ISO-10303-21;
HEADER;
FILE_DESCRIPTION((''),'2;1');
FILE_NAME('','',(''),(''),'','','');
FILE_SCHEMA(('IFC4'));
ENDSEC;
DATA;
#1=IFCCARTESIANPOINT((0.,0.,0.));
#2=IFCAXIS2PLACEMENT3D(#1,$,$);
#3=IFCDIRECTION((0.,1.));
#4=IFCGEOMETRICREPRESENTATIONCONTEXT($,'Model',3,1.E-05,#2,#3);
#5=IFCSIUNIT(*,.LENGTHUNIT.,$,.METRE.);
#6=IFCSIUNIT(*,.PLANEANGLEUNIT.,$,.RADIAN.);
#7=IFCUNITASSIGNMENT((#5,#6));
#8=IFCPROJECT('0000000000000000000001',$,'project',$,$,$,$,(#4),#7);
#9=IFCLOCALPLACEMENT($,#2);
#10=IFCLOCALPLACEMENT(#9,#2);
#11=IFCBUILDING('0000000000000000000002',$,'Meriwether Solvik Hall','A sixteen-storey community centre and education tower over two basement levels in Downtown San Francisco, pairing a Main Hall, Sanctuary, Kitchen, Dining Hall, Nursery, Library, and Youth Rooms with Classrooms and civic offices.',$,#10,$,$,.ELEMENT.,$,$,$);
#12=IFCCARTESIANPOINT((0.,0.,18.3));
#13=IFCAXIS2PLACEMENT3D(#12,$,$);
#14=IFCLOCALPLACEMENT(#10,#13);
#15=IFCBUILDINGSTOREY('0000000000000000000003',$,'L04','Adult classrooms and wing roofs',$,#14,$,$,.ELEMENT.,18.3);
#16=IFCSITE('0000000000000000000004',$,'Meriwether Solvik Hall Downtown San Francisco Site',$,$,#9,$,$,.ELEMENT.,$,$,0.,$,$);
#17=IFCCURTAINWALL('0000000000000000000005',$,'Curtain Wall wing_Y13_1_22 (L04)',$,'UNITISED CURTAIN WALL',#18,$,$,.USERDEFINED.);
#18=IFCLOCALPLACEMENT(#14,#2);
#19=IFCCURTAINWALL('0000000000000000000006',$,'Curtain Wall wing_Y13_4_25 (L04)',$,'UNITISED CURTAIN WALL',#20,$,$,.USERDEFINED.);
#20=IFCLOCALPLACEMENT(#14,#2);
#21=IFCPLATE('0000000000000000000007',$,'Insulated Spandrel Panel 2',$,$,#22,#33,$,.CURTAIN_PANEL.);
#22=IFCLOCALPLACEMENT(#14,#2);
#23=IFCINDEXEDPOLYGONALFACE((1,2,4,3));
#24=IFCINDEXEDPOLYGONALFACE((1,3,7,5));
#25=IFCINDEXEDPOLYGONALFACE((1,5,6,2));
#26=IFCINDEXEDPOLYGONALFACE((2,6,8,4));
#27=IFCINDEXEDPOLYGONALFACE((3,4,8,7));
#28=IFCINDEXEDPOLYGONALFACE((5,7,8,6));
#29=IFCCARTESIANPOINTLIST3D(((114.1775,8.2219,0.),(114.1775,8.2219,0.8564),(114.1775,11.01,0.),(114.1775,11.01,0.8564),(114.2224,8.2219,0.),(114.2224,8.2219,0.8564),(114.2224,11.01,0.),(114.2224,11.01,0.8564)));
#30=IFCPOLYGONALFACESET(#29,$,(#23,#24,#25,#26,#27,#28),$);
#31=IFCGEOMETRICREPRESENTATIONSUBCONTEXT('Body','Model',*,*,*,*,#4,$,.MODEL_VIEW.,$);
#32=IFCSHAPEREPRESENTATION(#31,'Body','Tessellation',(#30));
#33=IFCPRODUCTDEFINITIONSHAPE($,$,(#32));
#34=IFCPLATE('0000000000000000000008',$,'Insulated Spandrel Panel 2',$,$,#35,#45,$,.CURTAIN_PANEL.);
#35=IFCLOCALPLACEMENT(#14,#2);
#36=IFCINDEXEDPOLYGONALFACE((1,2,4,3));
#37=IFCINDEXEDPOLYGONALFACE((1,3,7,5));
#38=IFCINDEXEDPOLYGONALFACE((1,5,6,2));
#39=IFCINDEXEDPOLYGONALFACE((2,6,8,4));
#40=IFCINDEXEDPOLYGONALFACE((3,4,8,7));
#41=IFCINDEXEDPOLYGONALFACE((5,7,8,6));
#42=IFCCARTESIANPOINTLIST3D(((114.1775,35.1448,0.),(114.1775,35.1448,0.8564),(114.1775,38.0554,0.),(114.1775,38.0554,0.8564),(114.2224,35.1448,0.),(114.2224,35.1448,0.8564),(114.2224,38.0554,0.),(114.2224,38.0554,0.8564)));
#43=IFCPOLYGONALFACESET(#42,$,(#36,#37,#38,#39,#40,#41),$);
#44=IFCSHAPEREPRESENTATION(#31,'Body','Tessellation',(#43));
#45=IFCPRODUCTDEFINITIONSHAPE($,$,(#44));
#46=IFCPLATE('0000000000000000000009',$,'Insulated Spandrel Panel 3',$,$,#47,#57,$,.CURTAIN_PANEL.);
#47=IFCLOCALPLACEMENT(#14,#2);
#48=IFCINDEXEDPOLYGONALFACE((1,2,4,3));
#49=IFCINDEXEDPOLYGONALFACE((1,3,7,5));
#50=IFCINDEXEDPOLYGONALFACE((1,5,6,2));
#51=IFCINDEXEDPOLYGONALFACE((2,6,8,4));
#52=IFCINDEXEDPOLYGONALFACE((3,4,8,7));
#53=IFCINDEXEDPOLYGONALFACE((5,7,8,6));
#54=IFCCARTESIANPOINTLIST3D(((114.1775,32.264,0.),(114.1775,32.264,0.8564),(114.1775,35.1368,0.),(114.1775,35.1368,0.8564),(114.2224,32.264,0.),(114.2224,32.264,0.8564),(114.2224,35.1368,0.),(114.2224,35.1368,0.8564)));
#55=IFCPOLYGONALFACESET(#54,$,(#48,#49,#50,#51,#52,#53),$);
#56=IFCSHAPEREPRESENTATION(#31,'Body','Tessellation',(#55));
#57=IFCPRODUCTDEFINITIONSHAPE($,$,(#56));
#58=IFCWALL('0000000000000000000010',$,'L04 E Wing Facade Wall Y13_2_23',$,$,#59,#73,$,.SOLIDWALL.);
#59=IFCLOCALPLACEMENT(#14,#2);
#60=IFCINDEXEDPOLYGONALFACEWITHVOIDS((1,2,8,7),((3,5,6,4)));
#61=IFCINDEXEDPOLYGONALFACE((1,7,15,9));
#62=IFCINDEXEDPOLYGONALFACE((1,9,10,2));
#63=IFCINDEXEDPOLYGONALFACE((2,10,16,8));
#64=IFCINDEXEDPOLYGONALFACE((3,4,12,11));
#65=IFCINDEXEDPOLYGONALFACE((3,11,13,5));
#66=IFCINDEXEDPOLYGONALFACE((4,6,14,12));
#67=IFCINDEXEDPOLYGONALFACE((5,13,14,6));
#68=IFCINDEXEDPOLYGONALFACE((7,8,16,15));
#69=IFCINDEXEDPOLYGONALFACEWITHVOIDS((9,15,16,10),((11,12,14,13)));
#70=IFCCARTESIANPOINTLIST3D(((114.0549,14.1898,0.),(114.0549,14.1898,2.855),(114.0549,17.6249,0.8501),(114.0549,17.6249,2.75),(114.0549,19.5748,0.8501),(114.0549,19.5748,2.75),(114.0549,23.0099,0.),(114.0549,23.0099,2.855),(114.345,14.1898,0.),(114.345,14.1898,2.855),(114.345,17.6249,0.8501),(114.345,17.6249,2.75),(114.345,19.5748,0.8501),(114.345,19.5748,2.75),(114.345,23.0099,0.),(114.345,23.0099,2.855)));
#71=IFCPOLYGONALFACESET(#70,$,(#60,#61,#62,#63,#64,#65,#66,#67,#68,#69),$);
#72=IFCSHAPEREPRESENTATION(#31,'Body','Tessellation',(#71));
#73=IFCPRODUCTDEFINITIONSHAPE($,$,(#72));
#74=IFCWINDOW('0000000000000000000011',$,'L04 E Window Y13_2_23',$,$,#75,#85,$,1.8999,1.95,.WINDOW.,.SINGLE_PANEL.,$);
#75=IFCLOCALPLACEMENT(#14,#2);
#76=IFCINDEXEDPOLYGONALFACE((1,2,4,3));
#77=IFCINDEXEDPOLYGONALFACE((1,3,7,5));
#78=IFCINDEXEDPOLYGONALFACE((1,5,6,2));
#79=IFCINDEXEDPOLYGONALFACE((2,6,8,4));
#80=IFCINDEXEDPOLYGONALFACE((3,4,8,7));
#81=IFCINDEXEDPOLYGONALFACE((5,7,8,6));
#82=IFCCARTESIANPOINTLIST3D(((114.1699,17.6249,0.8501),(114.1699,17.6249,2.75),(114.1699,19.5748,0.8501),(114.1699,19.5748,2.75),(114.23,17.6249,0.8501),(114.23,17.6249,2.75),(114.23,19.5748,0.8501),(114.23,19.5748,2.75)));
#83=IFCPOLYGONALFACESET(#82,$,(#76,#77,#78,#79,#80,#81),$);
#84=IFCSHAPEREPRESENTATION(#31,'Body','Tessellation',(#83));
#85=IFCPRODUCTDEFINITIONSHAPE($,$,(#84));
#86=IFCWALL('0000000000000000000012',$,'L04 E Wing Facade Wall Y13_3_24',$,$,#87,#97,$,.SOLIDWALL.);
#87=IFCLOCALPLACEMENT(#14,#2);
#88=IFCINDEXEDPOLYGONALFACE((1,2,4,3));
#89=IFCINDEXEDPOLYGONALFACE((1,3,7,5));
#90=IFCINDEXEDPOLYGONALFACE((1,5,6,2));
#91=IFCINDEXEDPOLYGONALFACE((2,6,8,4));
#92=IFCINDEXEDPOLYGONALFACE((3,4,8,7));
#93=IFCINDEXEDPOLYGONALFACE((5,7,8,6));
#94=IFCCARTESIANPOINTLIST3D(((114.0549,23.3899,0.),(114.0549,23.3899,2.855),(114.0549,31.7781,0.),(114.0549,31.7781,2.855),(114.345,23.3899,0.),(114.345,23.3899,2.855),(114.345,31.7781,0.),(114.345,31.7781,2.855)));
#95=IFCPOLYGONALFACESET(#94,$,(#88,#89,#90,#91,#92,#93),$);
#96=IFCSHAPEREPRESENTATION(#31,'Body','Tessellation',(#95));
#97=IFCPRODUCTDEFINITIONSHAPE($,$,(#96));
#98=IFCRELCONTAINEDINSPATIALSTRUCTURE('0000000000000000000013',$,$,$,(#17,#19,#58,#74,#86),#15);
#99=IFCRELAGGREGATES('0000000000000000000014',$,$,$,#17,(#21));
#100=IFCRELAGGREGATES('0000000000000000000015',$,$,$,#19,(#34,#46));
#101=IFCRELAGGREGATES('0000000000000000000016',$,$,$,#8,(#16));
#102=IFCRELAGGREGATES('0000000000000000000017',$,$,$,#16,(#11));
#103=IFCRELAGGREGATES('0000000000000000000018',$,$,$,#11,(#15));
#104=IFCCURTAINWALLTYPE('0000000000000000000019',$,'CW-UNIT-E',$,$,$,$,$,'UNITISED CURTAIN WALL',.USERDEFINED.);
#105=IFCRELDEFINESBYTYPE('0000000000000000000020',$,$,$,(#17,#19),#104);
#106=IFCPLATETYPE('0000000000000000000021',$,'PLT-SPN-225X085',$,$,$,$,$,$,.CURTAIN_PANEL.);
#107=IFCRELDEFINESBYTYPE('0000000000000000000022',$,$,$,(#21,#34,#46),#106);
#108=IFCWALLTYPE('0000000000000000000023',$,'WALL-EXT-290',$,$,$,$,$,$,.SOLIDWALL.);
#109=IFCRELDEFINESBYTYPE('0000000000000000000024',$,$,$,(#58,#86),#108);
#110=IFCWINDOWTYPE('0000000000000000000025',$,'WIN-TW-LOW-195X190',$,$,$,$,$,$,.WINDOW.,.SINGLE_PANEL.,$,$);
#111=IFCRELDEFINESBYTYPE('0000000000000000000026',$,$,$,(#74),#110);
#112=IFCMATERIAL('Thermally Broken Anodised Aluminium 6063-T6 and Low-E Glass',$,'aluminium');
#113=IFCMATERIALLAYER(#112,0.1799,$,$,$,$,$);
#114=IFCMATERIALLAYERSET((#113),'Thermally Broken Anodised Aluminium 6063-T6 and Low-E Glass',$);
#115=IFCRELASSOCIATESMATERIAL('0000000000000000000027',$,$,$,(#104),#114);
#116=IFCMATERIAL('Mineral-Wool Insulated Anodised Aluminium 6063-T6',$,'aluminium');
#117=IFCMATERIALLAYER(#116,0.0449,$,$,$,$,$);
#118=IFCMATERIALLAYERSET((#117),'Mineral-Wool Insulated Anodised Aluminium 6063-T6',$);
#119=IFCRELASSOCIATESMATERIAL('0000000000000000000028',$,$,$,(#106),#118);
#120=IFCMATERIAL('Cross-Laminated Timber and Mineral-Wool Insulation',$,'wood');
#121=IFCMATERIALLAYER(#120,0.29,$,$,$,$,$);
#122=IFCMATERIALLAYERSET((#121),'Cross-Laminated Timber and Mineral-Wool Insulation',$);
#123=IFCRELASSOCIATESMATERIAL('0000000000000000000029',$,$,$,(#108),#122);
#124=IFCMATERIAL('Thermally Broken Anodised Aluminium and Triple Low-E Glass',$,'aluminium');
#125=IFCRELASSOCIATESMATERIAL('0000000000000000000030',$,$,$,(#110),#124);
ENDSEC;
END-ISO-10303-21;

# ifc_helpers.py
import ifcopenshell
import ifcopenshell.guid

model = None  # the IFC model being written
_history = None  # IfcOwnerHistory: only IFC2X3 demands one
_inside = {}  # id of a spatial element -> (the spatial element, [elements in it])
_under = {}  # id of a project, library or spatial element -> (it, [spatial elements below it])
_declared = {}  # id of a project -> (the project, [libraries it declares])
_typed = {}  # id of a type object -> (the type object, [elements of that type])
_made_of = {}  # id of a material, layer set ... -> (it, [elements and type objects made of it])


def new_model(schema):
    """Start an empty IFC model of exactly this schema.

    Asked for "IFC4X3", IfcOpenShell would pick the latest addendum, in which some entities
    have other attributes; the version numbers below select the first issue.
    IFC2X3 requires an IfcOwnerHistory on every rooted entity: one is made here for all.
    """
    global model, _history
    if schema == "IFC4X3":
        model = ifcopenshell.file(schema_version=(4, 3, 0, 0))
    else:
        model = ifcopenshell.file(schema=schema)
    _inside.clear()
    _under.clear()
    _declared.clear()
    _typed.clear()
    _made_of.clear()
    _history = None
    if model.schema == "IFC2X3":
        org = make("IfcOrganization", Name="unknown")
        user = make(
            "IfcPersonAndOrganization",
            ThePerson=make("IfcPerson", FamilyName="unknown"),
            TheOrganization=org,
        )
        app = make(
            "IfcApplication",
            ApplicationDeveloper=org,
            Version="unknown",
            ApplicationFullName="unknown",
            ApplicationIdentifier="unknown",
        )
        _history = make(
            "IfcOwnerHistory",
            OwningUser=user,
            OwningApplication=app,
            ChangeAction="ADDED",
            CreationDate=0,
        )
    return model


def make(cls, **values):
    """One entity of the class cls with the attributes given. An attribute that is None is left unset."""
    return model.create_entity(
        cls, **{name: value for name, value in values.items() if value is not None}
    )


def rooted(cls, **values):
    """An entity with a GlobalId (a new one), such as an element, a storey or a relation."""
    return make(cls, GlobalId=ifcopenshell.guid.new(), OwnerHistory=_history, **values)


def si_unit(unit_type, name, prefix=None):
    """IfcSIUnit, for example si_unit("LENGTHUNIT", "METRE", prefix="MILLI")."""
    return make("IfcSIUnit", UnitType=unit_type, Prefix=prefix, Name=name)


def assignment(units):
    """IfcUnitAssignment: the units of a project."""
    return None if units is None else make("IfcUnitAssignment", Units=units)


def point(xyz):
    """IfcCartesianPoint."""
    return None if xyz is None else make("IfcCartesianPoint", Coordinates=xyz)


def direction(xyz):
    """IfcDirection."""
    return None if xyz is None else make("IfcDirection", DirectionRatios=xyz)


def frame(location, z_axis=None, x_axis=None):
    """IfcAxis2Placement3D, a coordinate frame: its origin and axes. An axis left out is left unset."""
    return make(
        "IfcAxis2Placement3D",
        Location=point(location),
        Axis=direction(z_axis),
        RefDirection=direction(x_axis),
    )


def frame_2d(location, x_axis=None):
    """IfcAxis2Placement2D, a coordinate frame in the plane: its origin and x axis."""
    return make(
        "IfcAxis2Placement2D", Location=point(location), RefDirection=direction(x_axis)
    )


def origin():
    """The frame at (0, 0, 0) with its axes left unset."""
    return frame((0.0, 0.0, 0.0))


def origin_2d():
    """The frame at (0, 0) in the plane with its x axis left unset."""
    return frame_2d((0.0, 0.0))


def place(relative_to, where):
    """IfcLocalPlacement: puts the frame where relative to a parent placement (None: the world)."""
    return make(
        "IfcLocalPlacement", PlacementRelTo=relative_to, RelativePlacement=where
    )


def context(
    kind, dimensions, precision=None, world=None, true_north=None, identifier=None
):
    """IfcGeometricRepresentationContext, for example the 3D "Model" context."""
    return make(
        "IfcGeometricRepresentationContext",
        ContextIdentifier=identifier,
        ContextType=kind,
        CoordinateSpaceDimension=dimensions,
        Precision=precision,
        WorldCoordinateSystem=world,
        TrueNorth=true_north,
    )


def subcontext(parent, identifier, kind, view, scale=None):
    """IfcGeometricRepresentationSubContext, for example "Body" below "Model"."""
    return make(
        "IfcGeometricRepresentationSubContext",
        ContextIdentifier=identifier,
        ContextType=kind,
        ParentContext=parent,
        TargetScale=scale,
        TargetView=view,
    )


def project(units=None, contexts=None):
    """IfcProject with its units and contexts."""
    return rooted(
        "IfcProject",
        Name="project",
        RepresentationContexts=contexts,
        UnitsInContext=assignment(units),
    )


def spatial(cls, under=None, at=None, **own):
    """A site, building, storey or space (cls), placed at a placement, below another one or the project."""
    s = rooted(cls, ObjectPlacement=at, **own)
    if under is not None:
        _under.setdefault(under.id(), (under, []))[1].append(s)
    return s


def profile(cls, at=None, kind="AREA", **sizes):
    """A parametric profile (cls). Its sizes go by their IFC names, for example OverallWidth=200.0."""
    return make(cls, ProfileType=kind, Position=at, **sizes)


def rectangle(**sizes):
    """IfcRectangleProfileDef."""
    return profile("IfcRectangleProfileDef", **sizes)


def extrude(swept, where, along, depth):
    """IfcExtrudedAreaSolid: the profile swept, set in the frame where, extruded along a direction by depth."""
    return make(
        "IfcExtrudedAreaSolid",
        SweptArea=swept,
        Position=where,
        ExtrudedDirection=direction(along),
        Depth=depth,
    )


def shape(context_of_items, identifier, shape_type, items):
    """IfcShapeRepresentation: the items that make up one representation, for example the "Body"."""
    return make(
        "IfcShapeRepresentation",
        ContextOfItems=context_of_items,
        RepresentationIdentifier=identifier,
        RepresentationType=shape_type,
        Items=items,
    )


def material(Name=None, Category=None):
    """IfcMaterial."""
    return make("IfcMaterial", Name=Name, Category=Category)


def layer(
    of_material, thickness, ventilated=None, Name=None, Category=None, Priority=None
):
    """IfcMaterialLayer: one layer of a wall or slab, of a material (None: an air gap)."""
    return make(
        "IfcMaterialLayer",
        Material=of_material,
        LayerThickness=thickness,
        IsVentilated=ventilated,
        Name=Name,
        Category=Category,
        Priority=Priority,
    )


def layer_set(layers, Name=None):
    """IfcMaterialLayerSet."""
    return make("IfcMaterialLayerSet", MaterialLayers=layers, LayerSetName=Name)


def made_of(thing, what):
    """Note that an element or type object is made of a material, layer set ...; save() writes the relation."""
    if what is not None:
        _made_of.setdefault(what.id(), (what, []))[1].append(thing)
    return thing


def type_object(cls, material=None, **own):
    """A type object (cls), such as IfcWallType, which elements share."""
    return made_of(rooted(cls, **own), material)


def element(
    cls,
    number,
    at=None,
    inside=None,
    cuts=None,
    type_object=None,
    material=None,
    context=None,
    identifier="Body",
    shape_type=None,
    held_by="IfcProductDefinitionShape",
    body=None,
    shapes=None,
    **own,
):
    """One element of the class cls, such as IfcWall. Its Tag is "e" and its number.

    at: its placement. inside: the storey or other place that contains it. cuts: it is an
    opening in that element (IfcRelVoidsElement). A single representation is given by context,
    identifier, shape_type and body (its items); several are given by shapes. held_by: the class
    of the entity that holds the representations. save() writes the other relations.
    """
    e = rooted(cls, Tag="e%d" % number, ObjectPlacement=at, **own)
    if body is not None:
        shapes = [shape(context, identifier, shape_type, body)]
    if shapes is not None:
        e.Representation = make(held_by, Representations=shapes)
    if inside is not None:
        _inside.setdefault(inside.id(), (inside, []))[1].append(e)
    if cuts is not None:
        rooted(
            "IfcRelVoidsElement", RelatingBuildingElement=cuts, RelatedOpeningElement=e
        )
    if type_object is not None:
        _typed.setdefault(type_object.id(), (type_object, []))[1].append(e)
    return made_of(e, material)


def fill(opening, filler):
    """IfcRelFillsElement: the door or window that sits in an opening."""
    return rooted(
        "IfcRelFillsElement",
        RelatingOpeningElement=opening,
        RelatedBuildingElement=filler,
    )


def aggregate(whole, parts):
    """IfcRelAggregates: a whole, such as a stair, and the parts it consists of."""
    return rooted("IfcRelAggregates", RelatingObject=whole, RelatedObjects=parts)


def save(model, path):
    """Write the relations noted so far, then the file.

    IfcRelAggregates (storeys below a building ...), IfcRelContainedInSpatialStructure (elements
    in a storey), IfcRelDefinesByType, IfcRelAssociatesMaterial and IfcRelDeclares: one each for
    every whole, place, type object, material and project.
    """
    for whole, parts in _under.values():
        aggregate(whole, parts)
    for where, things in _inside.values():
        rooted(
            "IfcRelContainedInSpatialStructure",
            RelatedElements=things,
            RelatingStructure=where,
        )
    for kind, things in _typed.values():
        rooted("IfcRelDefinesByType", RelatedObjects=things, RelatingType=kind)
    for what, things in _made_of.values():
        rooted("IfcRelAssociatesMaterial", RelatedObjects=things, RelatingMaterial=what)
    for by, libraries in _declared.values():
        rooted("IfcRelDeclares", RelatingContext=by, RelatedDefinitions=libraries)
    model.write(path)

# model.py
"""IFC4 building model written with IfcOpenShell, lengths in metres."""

from ifc_helpers import new_model, si_unit, direction, frame, frame_2d, origin, origin_2d, place, context, subcontext, project, spatial, rectangle, extrude, material, layer, layer_set, type_object, element, fill, aggregate, save


model = new_model("IFC4")

# Units and contexts
model_context = context("Model", 3, precision=1e-05, world=origin(), true_north=direction((0.0, 1.0)))
body_context = subcontext(model_context, "Body", "Model", "MODEL_VIEW")
ifc_project = project(units=[si_unit("LENGTHUNIT", "METRE"), si_unit("PLANEANGLEUNIT", "RADIAN")], contexts=[model_context])

# Site, building, storey
site_placement = place(None, origin())
site = spatial("IfcSite", under=ifc_project, at=site_placement, Name="Meriwether Solvik Hall Downtown San Francisco Site", CompositionType="ELEMENT", RefElevation=0.0)
building_placement = place(site_placement, origin())
building = spatial("IfcBuilding", under=site, at=building_placement, Name="Meriwether Solvik Hall", Description="A sixteen-storey community centre and education tower over two basement levels in Downtown San Francisco, pairing a Main Hall, Sanctuary, Kitchen, Dining Hall, Nursery, Library, and Youth Rooms with Classrooms and civic offices.", CompositionType="ELEMENT")
storey_placement = place(building_placement, frame((0.0, 0.0, 18.3)))
storey = spatial("IfcBuildingStorey", under=building, at=storey_placement, Name="L04", Description="Adult classrooms and wing roofs", CompositionType="ELEMENT", Elevation=18.3)

# Curtain walls
ifc_material_1 = material(Name="Thermally Broken Anodised Aluminium 6063-T6 and Low-E Glass", Category="aluminium")
ifc_layer_1 = layer(ifc_material_1, 0.1799)
ifc_layer_set_1 = layer_set([ifc_layer_1], Name="Thermally Broken Anodised Aluminium 6063-T6 and Low-E Glass")
curtain_wall_type = type_object("IfcCurtainWallType", Name="CW-UNIT-E", ElementType="UNITISED CURTAIN WALL", PredefinedType="USERDEFINED", material=ifc_layer_set_1)
curtain_wall_1_placement = place(storey_placement, origin())
curtain_wall_1 = element("IfcCurtainWall", 1, at=curtain_wall_1_placement, inside=storey, type_object=curtain_wall_type, Name="Curtain Wall wing_Y13_1_22 (L04)", ObjectType="UNITISED CURTAIN WALL", PredefinedType="USERDEFINED")
curtain_wall_2_placement = place(storey_placement, origin())
curtain_wall_2 = element("IfcCurtainWall", 2, at=curtain_wall_2_placement, inside=storey, type_object=curtain_wall_type, Name="Curtain Wall wing_Y13_4_25 (L04)", ObjectType="UNITISED CURTAIN WALL", PredefinedType="USERDEFINED")

# Plates
ifc_material_2 = material(Name="Mineral-Wool Insulated Anodised Aluminium 6063-T6", Category="aluminium")
ifc_layer_2 = layer(ifc_material_2, 0.0449)
ifc_layer_set_2 = layer_set([ifc_layer_2], Name="Mineral-Wool Insulated Anodised Aluminium 6063-T6")
plate_type_1 = type_object("IfcPlateType", Name="PLT-SPN-225X085", PredefinedType="CURTAIN_PANEL", material=ifc_layer_set_2)
plate_1_placement = place(storey_placement, frame((114.2, 9.616, 0.0), z_axis=(0.0, 0.0, 1.0), x_axis=(0.0, -1.0, 0.0)))
plate_1 = element("IfcPlate", 3, at=plate_1_placement, type_object=plate_type_1, Name="Insulated Spandrel Panel 2", PredefinedType="CURTAIN_PANEL", context=body_context, shape_type="SweptSolid", body=[
    extrude(rectangle(XDim=2.7881, YDim=0.0449, at=origin_2d()), origin(), (0.0, 0.0, 1.0), 0.8564),
])
aggregate(curtain_wall_1, [plate_1])
plate_2_placement = place(storey_placement, frame((114.2, 36.6001, 0.0), z_axis=(0.0, 0.0, 1.0), x_axis=(0.0, -1.0, 0.0)))
plate_2 = element("IfcPlate", 4, at=plate_2_placement, type_object=plate_type_1, Name="Insulated Spandrel Panel 2", PredefinedType="CURTAIN_PANEL", context=body_context, shape_type="SweptSolid", body=[
    extrude(rectangle(XDim=2.9106, YDim=0.0449, at=origin_2d()), origin(), (0.0, 0.0, 1.0), 0.8564),
])
plate_3_placement = place(storey_placement, frame((114.2, 33.7004, 0.0), z_axis=(0.0, 0.0, 1.0), x_axis=(0.0, -1.0, 0.0)))
plate_3 = element("IfcPlate", 5, at=plate_3_placement, type_object=plate_type_1, Name="Insulated Spandrel Panel 3", PredefinedType="CURTAIN_PANEL", context=body_context, shape_type="SweptSolid", body=[
    extrude(rectangle(XDim=2.8728, YDim=0.0449, at=origin_2d()), origin(), (0.0, 0.0, 1.0), 0.8564),
])
aggregate(curtain_wall_2, [plate_2, plate_3])

# Wall, opening, window
ifc_material_3 = material(Name="Cross-Laminated Timber and Mineral-Wool Insulation", Category="wood")
ifc_layer_3 = layer(ifc_material_3, 0.29)
ifc_layer_set_3 = layer_set([ifc_layer_3], Name="Cross-Laminated Timber and Mineral-Wool Insulation")
wall_type = type_object("IfcWallType", Name="WALL-EXT-290", PredefinedType="SOLIDWALL", material=ifc_layer_set_3)
wall_1_placement = place(storey_placement, frame((114.2, 23.01, 0.0), z_axis=(0.0, 0.0, 1.0), x_axis=(0.0, -1.0, 0.0)))
wall_1 = element("IfcWall", 6, at=wall_1_placement, inside=storey, type_object=wall_type, Name="L04 E Wing Facade Wall Y13_2_23", PredefinedType="SOLIDWALL", context=body_context, shape_type="SweptSolid", body=[
    extrude(rectangle(XDim=8.8201, YDim=0.29, at=frame_2d((4.4102, 0.0))), origin(), (0.0, 0.0, 1.0), 2.855),
])
opening_placement = place(wall_1_placement, frame((3.4351, 0.0, 0.8501)))
opening = element("IfcOpeningElement", 7, at=opening_placement, cuts=wall_1, PredefinedType="OPENING", context=body_context, shape_type="SweptSolid", body=[
    extrude(rectangle(XDim=1.95, YDim=1.8999, at=frame_2d((0.9751, 0.95))), frame((0.0, 0.157, 0.0), z_axis=(0.0, -1.0, 0.0), x_axis=(1.0, 0.0, 0.0)), (0.0, 0.0, 1.0), 0.314),
])
ifc_material_4 = material(Name="Thermally Broken Anodised Aluminium and Triple Low-E Glass", Category="aluminium")
window_type = type_object("IfcWindowType", Name="WIN-TW-LOW-195X190", PartitioningType="SINGLE_PANEL", PredefinedType="WINDOW", material=ifc_material_4)
window_placement = place(opening_placement, origin())
window = element("IfcWindow", 8, at=window_placement, inside=storey, type_object=window_type, Name="L04 E Window Y13_2_23", OverallHeight=1.8999, OverallWidth=1.95, PartitioningType="SINGLE_PANEL", PredefinedType="WINDOW", context=body_context, shape_type="SweptSolid", body=[
    extrude(rectangle(XDim=1.95, YDim=1.8999, at=frame_2d((0.9751, 0.95))), frame((0.0, 0.03, 0.0), z_axis=(0.0, -1.0, 0.0), x_axis=(1.0, 0.0, 0.0)), (0.0, 0.0, 1.0), 0.0601),
])
fill(opening, window)

# Wall
wall_2_placement = place(storey_placement, frame((114.2, 31.7781, 0.0), z_axis=(0.0, 0.0, 1.0), x_axis=(0.0, -1.0, 0.0)))
element("IfcWall", 9, at=wall_2_placement, inside=storey, type_object=wall_type, Name="L04 E Wing Facade Wall Y13_3_24", PredefinedType="SOLIDWALL", context=body_context, shape_type="SweptSolid", body=[
    extrude(rectangle(XDim=8.3882, YDim=0.29, at=frame_2d((4.1941, 0.0))), origin(), (0.0, 0.0, 1.0), 2.855),
])

save(model, "model.ifc")
